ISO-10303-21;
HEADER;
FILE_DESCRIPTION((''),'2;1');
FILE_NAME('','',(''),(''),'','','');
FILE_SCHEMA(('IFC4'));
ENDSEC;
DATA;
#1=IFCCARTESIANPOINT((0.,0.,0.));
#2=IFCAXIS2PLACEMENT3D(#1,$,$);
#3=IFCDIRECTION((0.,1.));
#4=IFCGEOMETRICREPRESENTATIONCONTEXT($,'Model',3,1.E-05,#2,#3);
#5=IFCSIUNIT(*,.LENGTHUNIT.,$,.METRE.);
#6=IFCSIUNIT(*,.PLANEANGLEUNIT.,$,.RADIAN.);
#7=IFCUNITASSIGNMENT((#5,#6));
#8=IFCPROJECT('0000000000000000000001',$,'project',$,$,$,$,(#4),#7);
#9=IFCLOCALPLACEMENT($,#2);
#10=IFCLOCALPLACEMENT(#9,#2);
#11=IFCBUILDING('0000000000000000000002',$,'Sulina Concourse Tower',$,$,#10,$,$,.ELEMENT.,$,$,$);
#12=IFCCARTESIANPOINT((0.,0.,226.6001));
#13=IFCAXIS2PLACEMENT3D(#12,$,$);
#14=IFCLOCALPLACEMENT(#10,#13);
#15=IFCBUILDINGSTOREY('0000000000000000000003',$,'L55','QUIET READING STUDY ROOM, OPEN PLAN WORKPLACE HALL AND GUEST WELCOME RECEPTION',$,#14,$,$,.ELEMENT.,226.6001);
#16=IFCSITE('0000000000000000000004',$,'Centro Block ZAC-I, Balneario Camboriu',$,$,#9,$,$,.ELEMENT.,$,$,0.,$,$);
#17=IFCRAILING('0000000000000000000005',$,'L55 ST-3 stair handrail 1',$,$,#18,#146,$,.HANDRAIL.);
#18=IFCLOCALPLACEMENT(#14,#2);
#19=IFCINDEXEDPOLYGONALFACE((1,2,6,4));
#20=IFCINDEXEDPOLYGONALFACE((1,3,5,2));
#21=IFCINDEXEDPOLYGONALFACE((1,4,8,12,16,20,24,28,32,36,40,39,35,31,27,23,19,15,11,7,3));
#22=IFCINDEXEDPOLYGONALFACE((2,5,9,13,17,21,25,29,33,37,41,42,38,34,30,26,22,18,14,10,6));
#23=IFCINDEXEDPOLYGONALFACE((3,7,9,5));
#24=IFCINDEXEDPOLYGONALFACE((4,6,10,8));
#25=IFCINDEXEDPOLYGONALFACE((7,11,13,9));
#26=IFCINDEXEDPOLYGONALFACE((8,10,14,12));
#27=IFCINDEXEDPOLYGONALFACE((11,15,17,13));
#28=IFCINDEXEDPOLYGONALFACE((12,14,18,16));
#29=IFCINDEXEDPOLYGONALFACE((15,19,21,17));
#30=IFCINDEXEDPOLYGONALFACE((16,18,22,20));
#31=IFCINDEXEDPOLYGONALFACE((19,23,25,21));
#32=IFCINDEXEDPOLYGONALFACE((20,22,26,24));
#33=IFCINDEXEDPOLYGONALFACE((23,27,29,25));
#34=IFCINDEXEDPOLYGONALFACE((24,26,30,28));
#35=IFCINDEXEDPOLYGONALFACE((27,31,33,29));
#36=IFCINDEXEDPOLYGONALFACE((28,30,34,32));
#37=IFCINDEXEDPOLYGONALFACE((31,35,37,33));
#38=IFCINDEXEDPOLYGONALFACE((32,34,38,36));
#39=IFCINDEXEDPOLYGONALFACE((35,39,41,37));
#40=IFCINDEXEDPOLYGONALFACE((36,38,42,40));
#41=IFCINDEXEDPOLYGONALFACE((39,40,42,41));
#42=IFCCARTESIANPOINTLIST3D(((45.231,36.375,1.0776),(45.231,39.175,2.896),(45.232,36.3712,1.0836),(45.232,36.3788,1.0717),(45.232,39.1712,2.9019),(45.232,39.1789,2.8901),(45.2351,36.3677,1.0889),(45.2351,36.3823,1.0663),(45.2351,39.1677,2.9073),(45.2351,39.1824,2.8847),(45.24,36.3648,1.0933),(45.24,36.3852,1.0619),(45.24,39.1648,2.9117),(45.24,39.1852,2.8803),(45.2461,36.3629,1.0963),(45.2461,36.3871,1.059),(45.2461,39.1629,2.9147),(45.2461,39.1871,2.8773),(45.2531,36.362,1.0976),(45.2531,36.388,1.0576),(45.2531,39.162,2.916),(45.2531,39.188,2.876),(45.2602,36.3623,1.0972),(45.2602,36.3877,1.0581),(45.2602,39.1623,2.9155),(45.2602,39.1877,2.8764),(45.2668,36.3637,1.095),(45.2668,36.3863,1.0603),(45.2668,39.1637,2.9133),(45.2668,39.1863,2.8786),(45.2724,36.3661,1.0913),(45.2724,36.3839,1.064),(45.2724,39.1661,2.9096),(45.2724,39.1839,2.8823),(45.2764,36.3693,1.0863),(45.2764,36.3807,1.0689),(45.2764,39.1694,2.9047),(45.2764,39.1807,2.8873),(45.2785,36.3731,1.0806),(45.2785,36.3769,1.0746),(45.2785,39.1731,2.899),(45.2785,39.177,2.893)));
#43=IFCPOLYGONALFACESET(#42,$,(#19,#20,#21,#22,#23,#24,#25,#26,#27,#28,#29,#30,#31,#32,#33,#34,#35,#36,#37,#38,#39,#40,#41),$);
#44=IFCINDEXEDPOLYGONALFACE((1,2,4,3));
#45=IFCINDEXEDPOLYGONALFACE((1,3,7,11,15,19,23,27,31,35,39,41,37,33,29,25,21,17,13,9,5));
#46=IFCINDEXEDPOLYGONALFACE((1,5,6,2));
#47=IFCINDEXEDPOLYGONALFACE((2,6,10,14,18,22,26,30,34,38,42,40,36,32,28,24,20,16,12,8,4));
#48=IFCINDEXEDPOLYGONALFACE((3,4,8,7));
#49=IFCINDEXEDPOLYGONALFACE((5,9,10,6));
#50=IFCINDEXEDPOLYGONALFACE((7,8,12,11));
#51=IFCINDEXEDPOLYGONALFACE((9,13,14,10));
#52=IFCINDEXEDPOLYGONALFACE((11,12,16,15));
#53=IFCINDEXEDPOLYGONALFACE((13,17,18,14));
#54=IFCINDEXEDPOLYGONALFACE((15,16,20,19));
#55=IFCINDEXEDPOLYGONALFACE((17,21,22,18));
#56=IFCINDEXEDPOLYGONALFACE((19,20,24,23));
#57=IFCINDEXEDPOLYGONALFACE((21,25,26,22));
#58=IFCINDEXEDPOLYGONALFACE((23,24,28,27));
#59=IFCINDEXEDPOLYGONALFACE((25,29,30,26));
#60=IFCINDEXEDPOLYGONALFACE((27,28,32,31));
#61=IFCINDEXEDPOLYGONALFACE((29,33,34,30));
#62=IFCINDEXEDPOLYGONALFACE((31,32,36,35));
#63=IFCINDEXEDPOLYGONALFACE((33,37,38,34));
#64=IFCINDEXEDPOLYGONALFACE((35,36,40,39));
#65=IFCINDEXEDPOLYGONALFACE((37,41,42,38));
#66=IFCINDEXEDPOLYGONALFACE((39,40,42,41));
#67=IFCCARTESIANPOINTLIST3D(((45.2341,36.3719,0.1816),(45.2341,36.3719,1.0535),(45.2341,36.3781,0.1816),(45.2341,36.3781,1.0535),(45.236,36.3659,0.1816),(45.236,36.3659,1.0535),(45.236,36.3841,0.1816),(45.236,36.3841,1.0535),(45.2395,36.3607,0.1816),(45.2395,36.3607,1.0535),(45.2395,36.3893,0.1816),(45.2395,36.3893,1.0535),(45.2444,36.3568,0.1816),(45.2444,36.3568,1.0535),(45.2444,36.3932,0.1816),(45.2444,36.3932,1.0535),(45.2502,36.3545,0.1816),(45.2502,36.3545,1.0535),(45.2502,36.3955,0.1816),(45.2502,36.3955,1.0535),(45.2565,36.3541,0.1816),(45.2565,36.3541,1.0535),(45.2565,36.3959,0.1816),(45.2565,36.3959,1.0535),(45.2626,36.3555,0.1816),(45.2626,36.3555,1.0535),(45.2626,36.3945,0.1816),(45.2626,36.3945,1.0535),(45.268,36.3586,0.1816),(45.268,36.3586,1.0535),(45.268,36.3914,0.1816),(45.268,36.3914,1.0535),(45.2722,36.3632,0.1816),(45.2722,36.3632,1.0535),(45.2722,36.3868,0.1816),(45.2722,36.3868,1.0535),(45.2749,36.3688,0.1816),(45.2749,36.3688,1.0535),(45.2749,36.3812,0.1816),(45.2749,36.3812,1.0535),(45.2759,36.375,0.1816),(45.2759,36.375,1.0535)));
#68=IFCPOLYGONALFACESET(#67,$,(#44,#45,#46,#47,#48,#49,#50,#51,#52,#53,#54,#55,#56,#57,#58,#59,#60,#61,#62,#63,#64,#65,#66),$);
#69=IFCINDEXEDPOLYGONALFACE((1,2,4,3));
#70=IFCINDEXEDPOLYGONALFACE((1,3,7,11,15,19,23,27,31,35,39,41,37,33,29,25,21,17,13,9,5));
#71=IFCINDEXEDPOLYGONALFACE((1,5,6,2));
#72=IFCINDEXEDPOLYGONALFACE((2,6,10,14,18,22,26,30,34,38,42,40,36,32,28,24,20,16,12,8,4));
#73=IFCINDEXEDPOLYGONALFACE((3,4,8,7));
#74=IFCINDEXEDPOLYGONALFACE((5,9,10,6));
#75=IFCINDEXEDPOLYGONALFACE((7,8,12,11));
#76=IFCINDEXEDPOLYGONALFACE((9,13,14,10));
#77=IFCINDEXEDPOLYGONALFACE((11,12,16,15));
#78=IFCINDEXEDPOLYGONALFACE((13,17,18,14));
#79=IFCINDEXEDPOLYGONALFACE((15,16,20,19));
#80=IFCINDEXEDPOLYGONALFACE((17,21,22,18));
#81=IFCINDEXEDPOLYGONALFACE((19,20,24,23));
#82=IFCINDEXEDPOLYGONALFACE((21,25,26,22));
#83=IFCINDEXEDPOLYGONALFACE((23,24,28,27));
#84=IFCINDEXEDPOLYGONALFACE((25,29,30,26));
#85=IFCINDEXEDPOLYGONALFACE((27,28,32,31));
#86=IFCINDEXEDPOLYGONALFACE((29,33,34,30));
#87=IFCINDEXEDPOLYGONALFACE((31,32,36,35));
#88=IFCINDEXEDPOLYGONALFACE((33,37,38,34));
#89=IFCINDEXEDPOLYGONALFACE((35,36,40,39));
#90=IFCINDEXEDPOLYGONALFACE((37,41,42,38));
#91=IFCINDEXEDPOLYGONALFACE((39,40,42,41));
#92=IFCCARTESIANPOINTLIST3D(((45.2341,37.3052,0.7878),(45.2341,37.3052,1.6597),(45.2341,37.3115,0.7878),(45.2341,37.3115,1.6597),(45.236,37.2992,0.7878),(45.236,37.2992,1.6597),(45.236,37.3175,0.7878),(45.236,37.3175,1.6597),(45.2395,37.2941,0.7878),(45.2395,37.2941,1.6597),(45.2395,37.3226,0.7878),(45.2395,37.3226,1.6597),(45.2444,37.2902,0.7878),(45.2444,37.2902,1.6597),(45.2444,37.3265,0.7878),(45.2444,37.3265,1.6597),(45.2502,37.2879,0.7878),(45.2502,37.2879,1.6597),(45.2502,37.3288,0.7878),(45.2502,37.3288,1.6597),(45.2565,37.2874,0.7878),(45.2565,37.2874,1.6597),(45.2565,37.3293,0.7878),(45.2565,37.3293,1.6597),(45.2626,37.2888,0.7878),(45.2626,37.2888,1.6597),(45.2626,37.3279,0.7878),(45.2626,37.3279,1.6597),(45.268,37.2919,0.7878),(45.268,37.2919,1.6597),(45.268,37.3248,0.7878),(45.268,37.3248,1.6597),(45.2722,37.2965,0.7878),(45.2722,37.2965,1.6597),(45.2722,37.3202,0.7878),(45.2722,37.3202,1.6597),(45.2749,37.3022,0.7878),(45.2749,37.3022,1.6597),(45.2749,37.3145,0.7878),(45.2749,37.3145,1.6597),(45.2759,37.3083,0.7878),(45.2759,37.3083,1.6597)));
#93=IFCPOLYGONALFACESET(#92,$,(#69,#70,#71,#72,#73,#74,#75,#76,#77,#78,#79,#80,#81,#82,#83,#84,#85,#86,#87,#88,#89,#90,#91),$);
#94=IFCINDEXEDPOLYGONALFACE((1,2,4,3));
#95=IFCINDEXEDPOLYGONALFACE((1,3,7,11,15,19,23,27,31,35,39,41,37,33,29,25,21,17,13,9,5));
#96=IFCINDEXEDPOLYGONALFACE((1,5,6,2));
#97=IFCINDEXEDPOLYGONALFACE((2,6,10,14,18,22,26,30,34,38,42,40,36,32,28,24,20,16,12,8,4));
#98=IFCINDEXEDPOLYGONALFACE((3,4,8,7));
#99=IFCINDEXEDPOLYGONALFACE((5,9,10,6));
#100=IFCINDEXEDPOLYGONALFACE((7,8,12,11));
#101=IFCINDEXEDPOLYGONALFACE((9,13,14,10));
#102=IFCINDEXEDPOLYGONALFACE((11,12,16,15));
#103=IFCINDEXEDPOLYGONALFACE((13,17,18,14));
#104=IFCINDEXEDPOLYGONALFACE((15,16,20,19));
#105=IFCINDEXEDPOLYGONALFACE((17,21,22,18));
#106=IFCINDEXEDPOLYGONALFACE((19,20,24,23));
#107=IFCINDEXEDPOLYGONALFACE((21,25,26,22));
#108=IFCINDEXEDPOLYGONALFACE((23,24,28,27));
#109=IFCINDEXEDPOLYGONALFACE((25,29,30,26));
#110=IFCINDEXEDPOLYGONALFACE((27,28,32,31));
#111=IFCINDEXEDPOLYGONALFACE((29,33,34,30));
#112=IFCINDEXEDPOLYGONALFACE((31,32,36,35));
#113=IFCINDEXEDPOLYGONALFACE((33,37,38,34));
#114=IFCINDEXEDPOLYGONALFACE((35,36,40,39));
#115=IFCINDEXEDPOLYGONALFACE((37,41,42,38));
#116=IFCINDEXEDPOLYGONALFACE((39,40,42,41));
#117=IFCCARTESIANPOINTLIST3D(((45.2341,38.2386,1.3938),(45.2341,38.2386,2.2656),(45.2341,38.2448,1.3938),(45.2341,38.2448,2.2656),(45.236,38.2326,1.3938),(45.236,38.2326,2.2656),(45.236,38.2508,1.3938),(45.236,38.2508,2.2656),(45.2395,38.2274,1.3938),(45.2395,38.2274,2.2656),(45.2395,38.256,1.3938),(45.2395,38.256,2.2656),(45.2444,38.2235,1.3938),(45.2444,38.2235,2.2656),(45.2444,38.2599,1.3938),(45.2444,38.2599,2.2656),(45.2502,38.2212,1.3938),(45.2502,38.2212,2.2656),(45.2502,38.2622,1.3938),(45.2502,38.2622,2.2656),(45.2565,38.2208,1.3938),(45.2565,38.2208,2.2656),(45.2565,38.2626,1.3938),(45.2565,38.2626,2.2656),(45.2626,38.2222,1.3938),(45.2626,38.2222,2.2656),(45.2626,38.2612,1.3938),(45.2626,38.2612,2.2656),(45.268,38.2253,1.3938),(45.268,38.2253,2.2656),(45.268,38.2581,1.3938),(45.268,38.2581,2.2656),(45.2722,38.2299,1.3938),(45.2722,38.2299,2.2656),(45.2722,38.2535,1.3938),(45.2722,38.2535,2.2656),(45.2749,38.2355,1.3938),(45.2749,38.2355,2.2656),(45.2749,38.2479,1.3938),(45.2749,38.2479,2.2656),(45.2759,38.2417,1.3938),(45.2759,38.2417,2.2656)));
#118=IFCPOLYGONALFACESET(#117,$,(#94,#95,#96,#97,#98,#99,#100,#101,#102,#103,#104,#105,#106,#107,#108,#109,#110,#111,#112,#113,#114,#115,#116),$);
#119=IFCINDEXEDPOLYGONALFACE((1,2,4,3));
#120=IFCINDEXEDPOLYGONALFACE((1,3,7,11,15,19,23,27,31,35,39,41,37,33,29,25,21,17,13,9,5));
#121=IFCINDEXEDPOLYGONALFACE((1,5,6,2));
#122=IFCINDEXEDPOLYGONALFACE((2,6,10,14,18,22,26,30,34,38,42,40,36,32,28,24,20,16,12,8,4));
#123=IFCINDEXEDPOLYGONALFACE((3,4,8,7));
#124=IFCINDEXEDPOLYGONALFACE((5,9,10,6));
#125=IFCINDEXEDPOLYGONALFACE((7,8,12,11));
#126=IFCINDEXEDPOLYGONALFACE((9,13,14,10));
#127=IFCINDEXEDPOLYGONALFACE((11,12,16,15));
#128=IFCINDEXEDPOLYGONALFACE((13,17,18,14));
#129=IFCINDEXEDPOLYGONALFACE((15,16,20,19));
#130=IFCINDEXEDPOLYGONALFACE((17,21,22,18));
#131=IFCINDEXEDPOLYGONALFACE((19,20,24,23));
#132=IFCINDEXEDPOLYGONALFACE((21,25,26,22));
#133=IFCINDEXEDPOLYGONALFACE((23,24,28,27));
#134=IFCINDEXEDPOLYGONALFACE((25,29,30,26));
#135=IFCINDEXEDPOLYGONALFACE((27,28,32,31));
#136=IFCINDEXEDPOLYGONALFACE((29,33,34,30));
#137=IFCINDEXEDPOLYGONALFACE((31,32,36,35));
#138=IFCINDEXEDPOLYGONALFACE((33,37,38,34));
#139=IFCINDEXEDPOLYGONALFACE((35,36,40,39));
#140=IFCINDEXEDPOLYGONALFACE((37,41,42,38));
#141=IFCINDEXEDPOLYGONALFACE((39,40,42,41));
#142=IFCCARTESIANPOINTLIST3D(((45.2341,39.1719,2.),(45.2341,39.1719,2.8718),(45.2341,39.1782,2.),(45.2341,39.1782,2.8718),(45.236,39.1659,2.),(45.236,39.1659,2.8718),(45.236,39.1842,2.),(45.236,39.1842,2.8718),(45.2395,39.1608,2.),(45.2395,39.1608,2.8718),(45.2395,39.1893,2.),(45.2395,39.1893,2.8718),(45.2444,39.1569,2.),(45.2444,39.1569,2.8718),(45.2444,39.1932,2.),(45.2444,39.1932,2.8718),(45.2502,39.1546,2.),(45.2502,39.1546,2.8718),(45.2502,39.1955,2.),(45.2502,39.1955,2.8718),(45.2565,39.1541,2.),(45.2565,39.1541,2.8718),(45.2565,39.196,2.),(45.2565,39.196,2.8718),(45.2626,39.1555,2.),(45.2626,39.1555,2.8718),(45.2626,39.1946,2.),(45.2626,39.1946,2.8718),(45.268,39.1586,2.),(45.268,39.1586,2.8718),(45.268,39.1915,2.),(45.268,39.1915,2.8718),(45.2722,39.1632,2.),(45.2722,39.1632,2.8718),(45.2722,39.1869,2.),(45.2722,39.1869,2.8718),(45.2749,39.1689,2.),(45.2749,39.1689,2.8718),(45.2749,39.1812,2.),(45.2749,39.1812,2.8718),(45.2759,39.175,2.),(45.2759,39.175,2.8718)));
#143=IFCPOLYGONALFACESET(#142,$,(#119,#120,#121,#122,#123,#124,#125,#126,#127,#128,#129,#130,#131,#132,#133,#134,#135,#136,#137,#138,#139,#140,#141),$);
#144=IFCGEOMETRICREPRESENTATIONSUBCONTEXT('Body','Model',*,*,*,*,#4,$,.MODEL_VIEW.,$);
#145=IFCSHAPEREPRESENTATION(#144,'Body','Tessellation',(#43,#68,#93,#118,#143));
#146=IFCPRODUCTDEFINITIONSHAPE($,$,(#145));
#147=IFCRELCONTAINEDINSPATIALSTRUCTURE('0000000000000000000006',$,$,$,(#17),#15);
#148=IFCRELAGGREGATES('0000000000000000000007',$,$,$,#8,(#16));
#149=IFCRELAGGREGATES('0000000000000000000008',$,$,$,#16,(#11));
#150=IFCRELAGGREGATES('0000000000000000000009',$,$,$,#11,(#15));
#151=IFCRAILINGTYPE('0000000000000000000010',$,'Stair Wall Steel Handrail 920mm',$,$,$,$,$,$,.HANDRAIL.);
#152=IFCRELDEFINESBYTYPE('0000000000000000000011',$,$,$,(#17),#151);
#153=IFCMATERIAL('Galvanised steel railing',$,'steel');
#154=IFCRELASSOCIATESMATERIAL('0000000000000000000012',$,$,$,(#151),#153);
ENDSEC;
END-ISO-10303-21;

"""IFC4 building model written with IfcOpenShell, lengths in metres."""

from ifc_helpers import new_model, si_unit, direction, frame, origin, origin_2d, place, context, subcontext, project, spatial, circle, extrude, material, type_object, element, save


model = new_model("IFC4")

# Units and contexts
model_context = context("Model", 3, precision=1e-05, world=origin(), true_north=direction((0.0, 1.0)))
body_context = subcontext(model_context, "Body", "Model", "MODEL_VIEW")
ifc_project = project(units=[si_unit("LENGTHUNIT", "METRE"), si_unit("PLANEANGLEUNIT", "RADIAN")], contexts=[model_context])

# Site, building, storey
site_placement = place(None, origin())
site = spatial("IfcSite", under=ifc_project, at=site_placement, Name="Centro Block ZAC-I, Balneario Camboriu", CompositionType="ELEMENT", RefElevation=0.0)
building_placement = place(site_placement, origin())
building = spatial("IfcBuilding", under=site, at=building_placement, Name="Sulina Concourse Tower", CompositionType="ELEMENT")
storey_placement = place(building_placement, frame((0.0, 0.0, 226.6001)))
storey = spatial("IfcBuildingStorey", under=building, at=storey_placement, Name="L55", Description="QUIET READING STUDY ROOM, OPEN PLAN WORKPLACE HALL AND GUEST WELCOME RECEPTION", CompositionType="ELEMENT", Elevation=226.6001)

# Railing
ifc_material_1 = material(Name="Galvanised steel railing", Category="steel")
railing_type_1 = type_object("IfcRailingType", Name="Stair Wall Steel Handrail 920mm", PredefinedType="HANDRAIL", material=ifc_material_1)
railing_1_placement = place(storey_placement, frame((45.2549, 36.375, 0.1816)))
element("IfcRailing", 1, at=railing_1_placement, inside=storey, type_object=railing_type_1, Name="L55 ST-3 stair handrail 1", PredefinedType="HANDRAIL", context=body_context, shape_type="SweptSolid", body=[
    extrude(circle(Radius=0.0239, at=origin_2d()), frame((0.0, 0.0, 0.896), z_axis=(0.0, 0.838672, 0.544636), x_axis=(-1.0, 0.0, 0.0)), (0.0, 0.0, 1.0), 3.3386),
    extrude(circle(Radius=0.021, at=origin_2d()), origin(), (0.0, 0.0, 1.0), 0.8718),
    extrude(circle(Radius=0.021, at=origin_2d()), frame((0.0, 0.9333, 0.6062)), (0.0, 0.0, 1.0), 0.8718),
    extrude(circle(Radius=0.021, at=origin_2d()), frame((0.0, 1.8667, 1.2122)), (0.0, 0.0, 1.0), 0.8718),
    extrude(circle(Radius=0.021, at=origin_2d()), frame((0.0, 2.8, 1.8184)), (0.0, 0.0, 1.0), 0.8718),
])

save(model, "model.ifc")
